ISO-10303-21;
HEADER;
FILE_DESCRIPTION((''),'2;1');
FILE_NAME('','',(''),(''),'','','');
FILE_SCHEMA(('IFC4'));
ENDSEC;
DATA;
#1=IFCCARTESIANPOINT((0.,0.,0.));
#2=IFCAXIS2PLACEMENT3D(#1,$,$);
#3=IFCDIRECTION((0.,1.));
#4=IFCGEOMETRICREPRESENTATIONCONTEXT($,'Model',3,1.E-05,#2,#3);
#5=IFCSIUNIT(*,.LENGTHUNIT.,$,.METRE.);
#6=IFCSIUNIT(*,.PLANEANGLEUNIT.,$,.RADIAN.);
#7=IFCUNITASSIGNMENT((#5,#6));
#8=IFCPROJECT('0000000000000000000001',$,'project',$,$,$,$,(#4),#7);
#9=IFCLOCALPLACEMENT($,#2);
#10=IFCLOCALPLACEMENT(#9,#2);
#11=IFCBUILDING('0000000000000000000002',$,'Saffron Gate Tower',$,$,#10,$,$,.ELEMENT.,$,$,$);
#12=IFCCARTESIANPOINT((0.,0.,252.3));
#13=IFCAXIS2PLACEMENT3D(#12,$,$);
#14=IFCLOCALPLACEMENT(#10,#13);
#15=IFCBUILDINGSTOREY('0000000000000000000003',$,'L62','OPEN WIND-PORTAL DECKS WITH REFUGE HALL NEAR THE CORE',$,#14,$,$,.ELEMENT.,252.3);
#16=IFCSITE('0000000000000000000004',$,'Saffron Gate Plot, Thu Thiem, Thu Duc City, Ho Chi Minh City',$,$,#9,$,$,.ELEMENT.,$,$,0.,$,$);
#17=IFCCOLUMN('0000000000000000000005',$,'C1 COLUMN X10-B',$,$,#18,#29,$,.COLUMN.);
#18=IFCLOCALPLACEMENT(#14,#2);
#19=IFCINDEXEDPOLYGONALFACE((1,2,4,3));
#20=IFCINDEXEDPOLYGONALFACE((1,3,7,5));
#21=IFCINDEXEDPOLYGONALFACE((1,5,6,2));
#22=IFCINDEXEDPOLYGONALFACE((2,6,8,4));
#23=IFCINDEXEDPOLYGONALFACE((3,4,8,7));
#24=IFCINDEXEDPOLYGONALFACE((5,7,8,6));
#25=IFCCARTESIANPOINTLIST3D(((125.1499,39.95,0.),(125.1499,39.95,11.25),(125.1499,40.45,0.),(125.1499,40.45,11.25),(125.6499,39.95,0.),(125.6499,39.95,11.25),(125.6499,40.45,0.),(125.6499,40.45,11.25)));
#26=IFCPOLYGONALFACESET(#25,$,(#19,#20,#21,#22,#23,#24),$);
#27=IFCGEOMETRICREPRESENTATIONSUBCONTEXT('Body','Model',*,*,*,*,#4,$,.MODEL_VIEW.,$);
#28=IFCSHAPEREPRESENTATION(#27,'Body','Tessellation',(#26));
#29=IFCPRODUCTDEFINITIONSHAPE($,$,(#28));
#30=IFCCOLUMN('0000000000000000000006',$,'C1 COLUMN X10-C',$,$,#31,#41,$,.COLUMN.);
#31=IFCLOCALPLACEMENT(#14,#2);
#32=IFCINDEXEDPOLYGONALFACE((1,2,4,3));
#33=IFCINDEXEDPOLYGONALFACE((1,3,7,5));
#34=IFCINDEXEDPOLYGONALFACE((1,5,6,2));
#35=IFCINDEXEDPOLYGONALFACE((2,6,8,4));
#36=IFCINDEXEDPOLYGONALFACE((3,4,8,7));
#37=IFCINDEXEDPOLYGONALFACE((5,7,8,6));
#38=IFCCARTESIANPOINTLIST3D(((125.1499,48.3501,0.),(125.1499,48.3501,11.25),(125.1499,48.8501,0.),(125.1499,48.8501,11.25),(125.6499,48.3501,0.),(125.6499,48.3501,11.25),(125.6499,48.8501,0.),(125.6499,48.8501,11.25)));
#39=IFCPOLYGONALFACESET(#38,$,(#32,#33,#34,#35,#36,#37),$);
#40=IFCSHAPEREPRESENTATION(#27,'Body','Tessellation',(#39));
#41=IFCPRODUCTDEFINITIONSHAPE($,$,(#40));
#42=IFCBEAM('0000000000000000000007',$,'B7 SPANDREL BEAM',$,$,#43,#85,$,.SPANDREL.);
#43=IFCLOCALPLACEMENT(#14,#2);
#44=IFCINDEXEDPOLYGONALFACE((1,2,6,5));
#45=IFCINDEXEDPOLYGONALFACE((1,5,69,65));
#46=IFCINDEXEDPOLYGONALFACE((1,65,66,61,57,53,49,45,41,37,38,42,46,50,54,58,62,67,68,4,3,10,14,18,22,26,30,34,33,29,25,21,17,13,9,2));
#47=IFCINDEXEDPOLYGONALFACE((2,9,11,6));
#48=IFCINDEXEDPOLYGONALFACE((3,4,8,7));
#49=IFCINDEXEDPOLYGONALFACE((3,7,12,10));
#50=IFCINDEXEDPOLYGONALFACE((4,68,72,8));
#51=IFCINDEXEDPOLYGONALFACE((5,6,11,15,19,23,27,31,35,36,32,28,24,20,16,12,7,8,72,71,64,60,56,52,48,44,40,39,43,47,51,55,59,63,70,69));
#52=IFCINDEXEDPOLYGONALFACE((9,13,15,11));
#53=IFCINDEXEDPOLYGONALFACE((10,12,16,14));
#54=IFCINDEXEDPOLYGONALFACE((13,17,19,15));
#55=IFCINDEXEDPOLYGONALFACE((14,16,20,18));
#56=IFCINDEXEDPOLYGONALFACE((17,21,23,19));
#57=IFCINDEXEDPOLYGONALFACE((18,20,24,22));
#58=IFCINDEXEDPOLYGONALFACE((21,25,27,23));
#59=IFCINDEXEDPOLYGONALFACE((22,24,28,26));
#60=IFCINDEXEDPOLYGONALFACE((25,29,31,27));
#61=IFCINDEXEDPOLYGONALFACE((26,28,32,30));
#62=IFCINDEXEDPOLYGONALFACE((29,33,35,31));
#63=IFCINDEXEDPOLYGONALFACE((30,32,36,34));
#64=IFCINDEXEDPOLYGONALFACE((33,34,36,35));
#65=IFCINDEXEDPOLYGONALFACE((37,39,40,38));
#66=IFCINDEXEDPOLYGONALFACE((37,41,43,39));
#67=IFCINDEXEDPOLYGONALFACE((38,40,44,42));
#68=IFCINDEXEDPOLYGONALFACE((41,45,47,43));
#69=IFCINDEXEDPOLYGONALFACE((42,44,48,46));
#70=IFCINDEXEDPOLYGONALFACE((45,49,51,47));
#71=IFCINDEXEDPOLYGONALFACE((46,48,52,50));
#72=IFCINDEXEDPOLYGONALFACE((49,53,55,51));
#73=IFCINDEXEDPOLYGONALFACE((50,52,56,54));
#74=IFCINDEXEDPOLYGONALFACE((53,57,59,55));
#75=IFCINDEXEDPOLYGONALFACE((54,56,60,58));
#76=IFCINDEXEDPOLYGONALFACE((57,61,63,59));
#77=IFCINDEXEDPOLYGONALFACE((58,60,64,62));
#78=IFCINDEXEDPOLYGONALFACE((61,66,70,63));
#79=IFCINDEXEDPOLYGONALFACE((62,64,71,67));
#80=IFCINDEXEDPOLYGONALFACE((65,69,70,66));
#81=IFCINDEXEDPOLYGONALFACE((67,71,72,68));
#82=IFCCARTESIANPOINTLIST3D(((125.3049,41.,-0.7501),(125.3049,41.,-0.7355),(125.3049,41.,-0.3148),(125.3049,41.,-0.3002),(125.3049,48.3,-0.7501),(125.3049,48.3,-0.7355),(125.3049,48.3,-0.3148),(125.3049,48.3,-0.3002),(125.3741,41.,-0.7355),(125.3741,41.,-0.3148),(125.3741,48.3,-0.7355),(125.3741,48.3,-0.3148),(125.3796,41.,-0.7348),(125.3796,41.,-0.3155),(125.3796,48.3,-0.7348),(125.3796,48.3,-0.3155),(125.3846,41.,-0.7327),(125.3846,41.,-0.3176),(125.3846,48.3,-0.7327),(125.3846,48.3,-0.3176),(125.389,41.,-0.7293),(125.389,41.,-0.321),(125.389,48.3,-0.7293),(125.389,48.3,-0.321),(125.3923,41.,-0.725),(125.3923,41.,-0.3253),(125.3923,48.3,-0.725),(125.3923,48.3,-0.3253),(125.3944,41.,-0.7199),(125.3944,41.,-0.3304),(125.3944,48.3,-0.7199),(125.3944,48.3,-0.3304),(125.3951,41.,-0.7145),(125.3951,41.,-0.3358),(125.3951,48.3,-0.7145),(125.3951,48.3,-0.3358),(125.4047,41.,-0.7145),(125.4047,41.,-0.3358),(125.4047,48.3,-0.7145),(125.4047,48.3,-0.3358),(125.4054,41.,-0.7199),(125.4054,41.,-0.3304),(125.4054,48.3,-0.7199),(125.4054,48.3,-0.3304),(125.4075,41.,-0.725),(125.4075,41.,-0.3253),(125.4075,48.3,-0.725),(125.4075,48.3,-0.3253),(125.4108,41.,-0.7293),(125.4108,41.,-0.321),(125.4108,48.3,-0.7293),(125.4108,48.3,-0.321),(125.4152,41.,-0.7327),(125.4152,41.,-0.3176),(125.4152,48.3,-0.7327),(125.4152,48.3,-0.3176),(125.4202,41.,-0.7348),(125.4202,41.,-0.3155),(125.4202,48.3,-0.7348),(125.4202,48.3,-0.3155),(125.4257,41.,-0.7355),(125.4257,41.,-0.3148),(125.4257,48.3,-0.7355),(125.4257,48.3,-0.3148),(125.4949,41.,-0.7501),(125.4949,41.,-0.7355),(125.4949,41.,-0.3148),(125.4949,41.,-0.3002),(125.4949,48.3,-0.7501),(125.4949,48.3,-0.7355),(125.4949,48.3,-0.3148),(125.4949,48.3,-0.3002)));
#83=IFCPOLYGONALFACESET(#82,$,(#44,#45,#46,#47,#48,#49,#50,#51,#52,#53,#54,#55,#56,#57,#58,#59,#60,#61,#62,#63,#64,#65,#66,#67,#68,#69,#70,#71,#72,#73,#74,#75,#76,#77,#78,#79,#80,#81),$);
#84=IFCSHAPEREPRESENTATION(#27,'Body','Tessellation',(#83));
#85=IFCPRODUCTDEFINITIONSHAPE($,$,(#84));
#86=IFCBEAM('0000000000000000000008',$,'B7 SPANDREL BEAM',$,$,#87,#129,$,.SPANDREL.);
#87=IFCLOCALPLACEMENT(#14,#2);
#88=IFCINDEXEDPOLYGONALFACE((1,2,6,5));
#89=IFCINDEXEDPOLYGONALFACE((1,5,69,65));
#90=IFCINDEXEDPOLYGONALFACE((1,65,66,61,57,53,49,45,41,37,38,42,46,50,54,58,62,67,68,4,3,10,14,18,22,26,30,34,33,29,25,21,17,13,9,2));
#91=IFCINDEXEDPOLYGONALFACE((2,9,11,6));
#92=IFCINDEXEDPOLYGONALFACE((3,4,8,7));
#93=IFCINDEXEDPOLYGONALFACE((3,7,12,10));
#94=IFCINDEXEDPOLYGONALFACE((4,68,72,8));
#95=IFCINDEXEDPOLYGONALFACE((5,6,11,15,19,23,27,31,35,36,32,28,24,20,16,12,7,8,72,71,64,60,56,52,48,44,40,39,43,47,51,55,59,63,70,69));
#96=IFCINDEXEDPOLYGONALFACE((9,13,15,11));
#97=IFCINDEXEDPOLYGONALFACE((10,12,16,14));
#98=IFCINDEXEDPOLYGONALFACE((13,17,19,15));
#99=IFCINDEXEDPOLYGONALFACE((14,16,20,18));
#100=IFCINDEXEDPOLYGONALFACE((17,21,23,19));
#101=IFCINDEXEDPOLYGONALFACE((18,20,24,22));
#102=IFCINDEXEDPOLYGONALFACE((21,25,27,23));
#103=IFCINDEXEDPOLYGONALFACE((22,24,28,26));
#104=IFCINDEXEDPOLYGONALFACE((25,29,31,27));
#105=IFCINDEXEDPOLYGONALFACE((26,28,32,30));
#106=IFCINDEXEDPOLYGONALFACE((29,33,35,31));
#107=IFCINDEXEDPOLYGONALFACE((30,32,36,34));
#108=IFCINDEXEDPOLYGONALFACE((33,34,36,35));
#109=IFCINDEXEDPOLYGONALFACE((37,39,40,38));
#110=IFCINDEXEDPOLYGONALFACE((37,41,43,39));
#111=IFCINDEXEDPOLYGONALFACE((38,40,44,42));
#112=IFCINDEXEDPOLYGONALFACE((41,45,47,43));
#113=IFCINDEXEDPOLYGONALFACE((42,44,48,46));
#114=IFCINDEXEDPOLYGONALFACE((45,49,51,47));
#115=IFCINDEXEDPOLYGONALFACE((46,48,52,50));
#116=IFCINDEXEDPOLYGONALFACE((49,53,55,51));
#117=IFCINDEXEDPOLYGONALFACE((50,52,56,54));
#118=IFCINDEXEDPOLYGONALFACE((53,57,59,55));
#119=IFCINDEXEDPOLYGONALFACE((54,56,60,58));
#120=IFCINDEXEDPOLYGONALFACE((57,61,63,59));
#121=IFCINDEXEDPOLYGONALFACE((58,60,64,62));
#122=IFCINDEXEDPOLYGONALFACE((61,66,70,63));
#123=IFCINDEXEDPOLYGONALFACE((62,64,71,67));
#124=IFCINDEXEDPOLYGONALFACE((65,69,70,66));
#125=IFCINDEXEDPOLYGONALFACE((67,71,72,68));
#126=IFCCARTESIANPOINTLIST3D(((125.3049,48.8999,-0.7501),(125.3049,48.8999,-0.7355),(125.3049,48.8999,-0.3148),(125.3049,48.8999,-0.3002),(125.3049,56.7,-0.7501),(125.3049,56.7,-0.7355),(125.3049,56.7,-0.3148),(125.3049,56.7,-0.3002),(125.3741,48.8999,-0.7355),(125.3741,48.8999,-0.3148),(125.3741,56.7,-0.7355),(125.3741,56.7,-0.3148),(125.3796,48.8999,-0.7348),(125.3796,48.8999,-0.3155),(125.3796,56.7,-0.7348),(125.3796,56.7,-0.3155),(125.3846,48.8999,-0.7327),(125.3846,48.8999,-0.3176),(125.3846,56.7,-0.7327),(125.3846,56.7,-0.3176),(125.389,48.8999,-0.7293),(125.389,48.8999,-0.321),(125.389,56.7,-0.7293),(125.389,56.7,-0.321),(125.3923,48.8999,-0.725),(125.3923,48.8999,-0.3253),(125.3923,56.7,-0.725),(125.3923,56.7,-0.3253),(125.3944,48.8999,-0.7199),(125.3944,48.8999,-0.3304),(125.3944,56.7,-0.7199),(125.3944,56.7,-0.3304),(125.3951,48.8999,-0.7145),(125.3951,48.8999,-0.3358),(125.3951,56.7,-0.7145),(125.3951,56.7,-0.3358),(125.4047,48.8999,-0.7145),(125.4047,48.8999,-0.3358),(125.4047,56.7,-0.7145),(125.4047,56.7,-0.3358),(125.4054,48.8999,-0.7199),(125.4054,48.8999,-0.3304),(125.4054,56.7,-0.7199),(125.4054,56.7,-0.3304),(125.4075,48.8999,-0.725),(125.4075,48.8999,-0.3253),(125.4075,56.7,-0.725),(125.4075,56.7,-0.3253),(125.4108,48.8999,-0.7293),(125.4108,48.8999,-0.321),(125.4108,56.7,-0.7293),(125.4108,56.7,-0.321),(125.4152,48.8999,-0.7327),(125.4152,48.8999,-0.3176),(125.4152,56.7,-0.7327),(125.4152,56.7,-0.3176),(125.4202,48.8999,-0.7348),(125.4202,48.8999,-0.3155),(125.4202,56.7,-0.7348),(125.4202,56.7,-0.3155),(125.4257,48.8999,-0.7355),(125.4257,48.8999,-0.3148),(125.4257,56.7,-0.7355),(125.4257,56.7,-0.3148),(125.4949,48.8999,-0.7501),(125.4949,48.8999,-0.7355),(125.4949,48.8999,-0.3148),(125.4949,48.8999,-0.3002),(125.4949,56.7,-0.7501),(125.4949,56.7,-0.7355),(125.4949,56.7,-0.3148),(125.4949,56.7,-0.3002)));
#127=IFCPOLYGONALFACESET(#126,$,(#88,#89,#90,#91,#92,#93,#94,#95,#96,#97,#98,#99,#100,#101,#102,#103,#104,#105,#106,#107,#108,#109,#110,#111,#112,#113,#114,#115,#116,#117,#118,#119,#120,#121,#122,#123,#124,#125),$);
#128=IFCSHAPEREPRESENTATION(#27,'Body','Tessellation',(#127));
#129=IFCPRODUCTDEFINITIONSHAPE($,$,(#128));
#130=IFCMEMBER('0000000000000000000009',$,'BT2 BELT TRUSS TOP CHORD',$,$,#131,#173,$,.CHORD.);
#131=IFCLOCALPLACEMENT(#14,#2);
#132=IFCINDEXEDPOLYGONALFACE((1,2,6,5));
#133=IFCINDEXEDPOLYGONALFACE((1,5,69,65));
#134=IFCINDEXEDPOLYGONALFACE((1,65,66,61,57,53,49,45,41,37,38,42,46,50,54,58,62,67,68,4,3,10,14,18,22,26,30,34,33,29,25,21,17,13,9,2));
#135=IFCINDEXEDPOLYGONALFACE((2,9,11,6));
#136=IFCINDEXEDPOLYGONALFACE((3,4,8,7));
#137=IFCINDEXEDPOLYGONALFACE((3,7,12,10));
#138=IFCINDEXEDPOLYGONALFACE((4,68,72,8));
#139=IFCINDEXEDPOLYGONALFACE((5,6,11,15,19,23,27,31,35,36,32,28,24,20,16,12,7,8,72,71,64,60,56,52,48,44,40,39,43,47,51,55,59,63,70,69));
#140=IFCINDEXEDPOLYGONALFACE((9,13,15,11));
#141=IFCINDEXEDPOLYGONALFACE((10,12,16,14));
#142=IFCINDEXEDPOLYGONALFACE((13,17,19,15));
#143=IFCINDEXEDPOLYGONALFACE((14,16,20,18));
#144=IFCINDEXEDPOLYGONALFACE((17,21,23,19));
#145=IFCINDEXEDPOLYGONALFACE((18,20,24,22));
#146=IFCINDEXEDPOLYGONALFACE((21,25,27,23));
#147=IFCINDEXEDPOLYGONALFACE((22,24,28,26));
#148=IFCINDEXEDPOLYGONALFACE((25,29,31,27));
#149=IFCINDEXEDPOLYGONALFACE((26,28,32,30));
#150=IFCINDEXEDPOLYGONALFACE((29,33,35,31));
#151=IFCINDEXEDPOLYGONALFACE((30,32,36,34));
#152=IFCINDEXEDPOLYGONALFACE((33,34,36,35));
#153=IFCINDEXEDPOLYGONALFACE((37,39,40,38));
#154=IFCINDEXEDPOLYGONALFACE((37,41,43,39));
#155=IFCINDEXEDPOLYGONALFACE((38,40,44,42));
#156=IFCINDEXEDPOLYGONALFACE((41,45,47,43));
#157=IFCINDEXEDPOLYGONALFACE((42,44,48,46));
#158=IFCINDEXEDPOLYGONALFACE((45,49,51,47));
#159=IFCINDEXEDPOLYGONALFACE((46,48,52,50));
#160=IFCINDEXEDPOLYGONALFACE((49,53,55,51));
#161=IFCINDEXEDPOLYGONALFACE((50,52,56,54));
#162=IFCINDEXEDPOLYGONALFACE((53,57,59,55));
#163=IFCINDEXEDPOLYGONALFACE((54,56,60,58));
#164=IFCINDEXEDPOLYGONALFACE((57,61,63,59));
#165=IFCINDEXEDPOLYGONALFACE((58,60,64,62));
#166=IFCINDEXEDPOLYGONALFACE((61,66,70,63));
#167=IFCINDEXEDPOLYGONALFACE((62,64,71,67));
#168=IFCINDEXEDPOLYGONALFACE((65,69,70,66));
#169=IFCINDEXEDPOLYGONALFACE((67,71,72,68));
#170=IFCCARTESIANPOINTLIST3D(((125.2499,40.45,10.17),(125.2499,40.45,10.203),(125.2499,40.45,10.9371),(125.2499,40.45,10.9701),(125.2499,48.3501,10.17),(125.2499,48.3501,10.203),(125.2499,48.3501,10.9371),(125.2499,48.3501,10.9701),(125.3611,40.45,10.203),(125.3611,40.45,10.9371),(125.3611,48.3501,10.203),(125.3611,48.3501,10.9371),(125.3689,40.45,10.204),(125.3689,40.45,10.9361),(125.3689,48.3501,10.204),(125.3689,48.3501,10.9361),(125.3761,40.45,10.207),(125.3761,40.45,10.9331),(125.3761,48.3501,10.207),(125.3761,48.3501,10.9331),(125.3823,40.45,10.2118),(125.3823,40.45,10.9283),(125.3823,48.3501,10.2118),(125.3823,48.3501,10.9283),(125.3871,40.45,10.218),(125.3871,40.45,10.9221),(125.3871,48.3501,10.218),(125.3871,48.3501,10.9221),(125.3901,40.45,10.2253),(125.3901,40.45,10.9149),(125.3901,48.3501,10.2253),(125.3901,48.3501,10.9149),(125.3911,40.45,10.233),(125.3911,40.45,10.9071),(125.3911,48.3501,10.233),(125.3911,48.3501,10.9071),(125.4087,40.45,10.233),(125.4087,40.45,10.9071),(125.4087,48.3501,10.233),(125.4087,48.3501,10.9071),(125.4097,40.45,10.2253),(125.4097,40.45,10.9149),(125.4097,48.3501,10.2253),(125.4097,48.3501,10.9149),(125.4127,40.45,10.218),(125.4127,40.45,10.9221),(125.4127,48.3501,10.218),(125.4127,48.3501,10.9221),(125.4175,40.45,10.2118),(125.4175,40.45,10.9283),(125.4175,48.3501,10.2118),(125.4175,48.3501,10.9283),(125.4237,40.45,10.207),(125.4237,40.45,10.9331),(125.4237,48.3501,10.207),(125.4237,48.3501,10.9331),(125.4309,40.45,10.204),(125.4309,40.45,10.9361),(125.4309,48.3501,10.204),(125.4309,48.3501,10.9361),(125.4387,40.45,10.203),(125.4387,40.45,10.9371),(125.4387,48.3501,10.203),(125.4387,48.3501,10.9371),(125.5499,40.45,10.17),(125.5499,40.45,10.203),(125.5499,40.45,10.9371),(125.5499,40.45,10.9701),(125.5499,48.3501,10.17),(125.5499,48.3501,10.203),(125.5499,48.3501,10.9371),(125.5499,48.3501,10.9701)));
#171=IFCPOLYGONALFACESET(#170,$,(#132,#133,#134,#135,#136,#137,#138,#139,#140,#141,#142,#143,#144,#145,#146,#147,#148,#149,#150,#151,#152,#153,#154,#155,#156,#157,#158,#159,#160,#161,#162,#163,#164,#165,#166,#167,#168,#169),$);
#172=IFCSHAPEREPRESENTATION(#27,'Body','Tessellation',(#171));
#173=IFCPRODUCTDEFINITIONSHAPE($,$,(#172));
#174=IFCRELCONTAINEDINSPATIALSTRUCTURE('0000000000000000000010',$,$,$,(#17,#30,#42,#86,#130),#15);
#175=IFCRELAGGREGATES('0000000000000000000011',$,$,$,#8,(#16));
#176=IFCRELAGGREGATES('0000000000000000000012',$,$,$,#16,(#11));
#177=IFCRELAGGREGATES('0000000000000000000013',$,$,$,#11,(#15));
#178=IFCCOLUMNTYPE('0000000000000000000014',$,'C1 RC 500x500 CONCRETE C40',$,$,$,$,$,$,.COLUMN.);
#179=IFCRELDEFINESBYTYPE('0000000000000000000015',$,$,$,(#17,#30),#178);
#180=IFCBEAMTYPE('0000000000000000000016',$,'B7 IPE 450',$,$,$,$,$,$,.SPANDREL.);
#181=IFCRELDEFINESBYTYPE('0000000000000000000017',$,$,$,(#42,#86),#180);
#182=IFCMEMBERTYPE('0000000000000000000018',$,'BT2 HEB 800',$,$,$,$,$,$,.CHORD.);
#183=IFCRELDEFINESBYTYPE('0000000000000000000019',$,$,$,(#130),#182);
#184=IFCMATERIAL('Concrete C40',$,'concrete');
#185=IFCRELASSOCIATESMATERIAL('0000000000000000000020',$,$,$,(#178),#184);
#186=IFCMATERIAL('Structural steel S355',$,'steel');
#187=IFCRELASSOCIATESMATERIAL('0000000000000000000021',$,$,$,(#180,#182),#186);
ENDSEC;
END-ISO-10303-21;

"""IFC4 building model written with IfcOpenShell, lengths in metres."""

from ifc_helpers import new_model, si_unit, direction, frame, origin, origin_2d, place, context, subcontext, project, spatial, rectangle, i_section, extrude, material, material_profile, profile_set, type_object, element, save


model = new_model("IFC4")

# Units and contexts
model_context = context("Model", 3, precision=1e-05, world=origin(), true_north=direction((0.0, 1.0)))
body_context = subcontext(model_context, "Body", "Model", "MODEL_VIEW")
ifc_project = project(units=[si_unit("LENGTHUNIT", "METRE"), si_unit("PLANEANGLEUNIT", "RADIAN")], contexts=[model_context])

# Site, building, storey
site_placement = place(None, origin())
site = spatial("IfcSite", under=ifc_project, at=site_placement, Name="Saffron Gate Plot, Thu Thiem, Thu Duc City, Ho Chi Minh City", CompositionType="ELEMENT", RefElevation=0.0)
building_placement = place(site_placement, origin())
building = spatial("IfcBuilding", under=site, at=building_placement, Name="Saffron Gate Tower", CompositionType="ELEMENT")
storey_placement = place(building_placement, frame((0.0, 0.0, 252.3)))
storey = spatial("IfcBuildingStorey", under=building, at=storey_placement, Name="L62", Description="OPEN WIND-PORTAL DECKS WITH REFUGE HALL NEAR THE CORE", CompositionType="ELEMENT", Elevation=252.3)

# Columns
ifc_material_1 = material(Name="Concrete C40", Category="concrete")
ifc_material_profile_1 = material_profile(ifc_material_1, rectangle(XDim=0.5, YDim=0.5, at=origin_2d()))
ifc_profile_set_1 = profile_set([ifc_material_profile_1], Name="Concrete C40")
column_type = type_object("IfcColumnType", Name="C1 RC 500x500 CONCRETE C40", PredefinedType="COLUMN", material=ifc_profile_set_1)
for number, where, z_axis, x_axis, name in (
    (1, (125.3999, 40.2, 0.0), (0.0, 0.0, 1.0), (1.0, 0.0, 0.0), "C1 COLUMN X10-B"),
    (2, (125.3999, 48.6001, 0.0), (0.0, 0.0, 1.0), (1.0, 0.0, 0.0), "C1 COLUMN X10-C"),
):
    element("IfcColumn", number, at=place(storey_placement, frame(where, z_axis=z_axis, x_axis=x_axis)), inside=storey, type_object=column_type, Name=name, PredefinedType="COLUMN", context=body_context, shape_type="SweptSolid", body=[
        extrude(rectangle(XDim=0.5, YDim=0.5, at=origin_2d()), origin(), (0.0, 0.0, 1.0), 11.25),
    ])

# Beams
ifc_material_2 = material(Name="Structural steel S355", Category="steel")
ifc_material_profile_2 = material_profile(ifc_material_2, i_section(OverallWidth=0.1899, OverallDepth=0.45, WebThickness=0.0095, FlangeThickness=0.0146, FilletRadius=0.021, at=origin_2d()))
ifc_profile_set_2 = profile_set([ifc_material_profile_2], Name="Structural steel S355")
beam_type_1 = type_object("IfcBeamType", Name="B7 IPE 450", PredefinedType="SPANDREL", material=ifc_profile_set_2)
beam_1_placement = place(storey_placement, frame((125.3999, 41.0, -0.5251), z_axis=(0.0, 1.0, 0.0), x_axis=(-1.0, 0.0, 0.0)))
element("IfcBeam", 3, at=beam_1_placement, inside=storey, type_object=beam_type_1, Name="B7 SPANDREL BEAM", PredefinedType="SPANDREL", context=body_context, shape_type="SweptSolid", body=[
    extrude(i_section(OverallWidth=0.1899, OverallDepth=0.45, WebThickness=0.0095, FlangeThickness=0.0146, FilletRadius=0.021, at=origin_2d()), origin(), (0.0, 0.0, 1.0), 7.3),
])
beam_2_placement = place(storey_placement, frame((125.3999, 48.8999, -0.5251), z_axis=(0.0, 1.0, 0.0), x_axis=(-1.0, 0.0, 0.0)))
element("IfcBeam", 4, at=beam_2_placement, inside=storey, type_object=beam_type_1, Name="B7 SPANDREL BEAM", PredefinedType="SPANDREL", context=body_context, shape_type="SweptSolid", body=[
    extrude(i_section(OverallWidth=0.1899, OverallDepth=0.45, WebThickness=0.0095, FlangeThickness=0.0146, FilletRadius=0.021, at=origin_2d()), origin(), (0.0, 0.0, 1.0), 7.8),
])

# Member
ifc_material_profile_3 = material_profile(ifc_material_2, i_section(OverallWidth=0.3, OverallDepth=0.8, WebThickness=0.0176, FlangeThickness=0.033, FilletRadius=0.03, at=origin_2d()))
ifc_profile_set_3 = profile_set([ifc_material_profile_3], Name="Structural steel S355")
member_type_1 = type_object("IfcMemberType", Name="BT2 HEB 800", PredefinedType="CHORD", material=ifc_profile_set_3)
for number, where, z_axis, x_axis, name in (
    (5, (125.3999, 40.45, 10.5701), (0.0, 1.0, 0.0), (-1.0, 0.0, 0.0), "BT2 BELT TRUSS TOP CHORD"),
):
    element("IfcMember", number, at=place(storey_placement, frame(where, z_axis=z_axis, x_axis=x_axis)), inside=storey, type_object=member_type_1, Name=name, PredefinedType="CHORD", context=body_context, shape_type="SweptSolid", body=[
        extrude(i_section(OverallWidth=0.3, OverallDepth=0.8, WebThickness=0.0176, FlangeThickness=0.033, FilletRadius=0.03, at=origin_2d()), origin(), (0.0, 0.0, 1.0), 7.9001),
    ])

save(model, "model.ifc")
